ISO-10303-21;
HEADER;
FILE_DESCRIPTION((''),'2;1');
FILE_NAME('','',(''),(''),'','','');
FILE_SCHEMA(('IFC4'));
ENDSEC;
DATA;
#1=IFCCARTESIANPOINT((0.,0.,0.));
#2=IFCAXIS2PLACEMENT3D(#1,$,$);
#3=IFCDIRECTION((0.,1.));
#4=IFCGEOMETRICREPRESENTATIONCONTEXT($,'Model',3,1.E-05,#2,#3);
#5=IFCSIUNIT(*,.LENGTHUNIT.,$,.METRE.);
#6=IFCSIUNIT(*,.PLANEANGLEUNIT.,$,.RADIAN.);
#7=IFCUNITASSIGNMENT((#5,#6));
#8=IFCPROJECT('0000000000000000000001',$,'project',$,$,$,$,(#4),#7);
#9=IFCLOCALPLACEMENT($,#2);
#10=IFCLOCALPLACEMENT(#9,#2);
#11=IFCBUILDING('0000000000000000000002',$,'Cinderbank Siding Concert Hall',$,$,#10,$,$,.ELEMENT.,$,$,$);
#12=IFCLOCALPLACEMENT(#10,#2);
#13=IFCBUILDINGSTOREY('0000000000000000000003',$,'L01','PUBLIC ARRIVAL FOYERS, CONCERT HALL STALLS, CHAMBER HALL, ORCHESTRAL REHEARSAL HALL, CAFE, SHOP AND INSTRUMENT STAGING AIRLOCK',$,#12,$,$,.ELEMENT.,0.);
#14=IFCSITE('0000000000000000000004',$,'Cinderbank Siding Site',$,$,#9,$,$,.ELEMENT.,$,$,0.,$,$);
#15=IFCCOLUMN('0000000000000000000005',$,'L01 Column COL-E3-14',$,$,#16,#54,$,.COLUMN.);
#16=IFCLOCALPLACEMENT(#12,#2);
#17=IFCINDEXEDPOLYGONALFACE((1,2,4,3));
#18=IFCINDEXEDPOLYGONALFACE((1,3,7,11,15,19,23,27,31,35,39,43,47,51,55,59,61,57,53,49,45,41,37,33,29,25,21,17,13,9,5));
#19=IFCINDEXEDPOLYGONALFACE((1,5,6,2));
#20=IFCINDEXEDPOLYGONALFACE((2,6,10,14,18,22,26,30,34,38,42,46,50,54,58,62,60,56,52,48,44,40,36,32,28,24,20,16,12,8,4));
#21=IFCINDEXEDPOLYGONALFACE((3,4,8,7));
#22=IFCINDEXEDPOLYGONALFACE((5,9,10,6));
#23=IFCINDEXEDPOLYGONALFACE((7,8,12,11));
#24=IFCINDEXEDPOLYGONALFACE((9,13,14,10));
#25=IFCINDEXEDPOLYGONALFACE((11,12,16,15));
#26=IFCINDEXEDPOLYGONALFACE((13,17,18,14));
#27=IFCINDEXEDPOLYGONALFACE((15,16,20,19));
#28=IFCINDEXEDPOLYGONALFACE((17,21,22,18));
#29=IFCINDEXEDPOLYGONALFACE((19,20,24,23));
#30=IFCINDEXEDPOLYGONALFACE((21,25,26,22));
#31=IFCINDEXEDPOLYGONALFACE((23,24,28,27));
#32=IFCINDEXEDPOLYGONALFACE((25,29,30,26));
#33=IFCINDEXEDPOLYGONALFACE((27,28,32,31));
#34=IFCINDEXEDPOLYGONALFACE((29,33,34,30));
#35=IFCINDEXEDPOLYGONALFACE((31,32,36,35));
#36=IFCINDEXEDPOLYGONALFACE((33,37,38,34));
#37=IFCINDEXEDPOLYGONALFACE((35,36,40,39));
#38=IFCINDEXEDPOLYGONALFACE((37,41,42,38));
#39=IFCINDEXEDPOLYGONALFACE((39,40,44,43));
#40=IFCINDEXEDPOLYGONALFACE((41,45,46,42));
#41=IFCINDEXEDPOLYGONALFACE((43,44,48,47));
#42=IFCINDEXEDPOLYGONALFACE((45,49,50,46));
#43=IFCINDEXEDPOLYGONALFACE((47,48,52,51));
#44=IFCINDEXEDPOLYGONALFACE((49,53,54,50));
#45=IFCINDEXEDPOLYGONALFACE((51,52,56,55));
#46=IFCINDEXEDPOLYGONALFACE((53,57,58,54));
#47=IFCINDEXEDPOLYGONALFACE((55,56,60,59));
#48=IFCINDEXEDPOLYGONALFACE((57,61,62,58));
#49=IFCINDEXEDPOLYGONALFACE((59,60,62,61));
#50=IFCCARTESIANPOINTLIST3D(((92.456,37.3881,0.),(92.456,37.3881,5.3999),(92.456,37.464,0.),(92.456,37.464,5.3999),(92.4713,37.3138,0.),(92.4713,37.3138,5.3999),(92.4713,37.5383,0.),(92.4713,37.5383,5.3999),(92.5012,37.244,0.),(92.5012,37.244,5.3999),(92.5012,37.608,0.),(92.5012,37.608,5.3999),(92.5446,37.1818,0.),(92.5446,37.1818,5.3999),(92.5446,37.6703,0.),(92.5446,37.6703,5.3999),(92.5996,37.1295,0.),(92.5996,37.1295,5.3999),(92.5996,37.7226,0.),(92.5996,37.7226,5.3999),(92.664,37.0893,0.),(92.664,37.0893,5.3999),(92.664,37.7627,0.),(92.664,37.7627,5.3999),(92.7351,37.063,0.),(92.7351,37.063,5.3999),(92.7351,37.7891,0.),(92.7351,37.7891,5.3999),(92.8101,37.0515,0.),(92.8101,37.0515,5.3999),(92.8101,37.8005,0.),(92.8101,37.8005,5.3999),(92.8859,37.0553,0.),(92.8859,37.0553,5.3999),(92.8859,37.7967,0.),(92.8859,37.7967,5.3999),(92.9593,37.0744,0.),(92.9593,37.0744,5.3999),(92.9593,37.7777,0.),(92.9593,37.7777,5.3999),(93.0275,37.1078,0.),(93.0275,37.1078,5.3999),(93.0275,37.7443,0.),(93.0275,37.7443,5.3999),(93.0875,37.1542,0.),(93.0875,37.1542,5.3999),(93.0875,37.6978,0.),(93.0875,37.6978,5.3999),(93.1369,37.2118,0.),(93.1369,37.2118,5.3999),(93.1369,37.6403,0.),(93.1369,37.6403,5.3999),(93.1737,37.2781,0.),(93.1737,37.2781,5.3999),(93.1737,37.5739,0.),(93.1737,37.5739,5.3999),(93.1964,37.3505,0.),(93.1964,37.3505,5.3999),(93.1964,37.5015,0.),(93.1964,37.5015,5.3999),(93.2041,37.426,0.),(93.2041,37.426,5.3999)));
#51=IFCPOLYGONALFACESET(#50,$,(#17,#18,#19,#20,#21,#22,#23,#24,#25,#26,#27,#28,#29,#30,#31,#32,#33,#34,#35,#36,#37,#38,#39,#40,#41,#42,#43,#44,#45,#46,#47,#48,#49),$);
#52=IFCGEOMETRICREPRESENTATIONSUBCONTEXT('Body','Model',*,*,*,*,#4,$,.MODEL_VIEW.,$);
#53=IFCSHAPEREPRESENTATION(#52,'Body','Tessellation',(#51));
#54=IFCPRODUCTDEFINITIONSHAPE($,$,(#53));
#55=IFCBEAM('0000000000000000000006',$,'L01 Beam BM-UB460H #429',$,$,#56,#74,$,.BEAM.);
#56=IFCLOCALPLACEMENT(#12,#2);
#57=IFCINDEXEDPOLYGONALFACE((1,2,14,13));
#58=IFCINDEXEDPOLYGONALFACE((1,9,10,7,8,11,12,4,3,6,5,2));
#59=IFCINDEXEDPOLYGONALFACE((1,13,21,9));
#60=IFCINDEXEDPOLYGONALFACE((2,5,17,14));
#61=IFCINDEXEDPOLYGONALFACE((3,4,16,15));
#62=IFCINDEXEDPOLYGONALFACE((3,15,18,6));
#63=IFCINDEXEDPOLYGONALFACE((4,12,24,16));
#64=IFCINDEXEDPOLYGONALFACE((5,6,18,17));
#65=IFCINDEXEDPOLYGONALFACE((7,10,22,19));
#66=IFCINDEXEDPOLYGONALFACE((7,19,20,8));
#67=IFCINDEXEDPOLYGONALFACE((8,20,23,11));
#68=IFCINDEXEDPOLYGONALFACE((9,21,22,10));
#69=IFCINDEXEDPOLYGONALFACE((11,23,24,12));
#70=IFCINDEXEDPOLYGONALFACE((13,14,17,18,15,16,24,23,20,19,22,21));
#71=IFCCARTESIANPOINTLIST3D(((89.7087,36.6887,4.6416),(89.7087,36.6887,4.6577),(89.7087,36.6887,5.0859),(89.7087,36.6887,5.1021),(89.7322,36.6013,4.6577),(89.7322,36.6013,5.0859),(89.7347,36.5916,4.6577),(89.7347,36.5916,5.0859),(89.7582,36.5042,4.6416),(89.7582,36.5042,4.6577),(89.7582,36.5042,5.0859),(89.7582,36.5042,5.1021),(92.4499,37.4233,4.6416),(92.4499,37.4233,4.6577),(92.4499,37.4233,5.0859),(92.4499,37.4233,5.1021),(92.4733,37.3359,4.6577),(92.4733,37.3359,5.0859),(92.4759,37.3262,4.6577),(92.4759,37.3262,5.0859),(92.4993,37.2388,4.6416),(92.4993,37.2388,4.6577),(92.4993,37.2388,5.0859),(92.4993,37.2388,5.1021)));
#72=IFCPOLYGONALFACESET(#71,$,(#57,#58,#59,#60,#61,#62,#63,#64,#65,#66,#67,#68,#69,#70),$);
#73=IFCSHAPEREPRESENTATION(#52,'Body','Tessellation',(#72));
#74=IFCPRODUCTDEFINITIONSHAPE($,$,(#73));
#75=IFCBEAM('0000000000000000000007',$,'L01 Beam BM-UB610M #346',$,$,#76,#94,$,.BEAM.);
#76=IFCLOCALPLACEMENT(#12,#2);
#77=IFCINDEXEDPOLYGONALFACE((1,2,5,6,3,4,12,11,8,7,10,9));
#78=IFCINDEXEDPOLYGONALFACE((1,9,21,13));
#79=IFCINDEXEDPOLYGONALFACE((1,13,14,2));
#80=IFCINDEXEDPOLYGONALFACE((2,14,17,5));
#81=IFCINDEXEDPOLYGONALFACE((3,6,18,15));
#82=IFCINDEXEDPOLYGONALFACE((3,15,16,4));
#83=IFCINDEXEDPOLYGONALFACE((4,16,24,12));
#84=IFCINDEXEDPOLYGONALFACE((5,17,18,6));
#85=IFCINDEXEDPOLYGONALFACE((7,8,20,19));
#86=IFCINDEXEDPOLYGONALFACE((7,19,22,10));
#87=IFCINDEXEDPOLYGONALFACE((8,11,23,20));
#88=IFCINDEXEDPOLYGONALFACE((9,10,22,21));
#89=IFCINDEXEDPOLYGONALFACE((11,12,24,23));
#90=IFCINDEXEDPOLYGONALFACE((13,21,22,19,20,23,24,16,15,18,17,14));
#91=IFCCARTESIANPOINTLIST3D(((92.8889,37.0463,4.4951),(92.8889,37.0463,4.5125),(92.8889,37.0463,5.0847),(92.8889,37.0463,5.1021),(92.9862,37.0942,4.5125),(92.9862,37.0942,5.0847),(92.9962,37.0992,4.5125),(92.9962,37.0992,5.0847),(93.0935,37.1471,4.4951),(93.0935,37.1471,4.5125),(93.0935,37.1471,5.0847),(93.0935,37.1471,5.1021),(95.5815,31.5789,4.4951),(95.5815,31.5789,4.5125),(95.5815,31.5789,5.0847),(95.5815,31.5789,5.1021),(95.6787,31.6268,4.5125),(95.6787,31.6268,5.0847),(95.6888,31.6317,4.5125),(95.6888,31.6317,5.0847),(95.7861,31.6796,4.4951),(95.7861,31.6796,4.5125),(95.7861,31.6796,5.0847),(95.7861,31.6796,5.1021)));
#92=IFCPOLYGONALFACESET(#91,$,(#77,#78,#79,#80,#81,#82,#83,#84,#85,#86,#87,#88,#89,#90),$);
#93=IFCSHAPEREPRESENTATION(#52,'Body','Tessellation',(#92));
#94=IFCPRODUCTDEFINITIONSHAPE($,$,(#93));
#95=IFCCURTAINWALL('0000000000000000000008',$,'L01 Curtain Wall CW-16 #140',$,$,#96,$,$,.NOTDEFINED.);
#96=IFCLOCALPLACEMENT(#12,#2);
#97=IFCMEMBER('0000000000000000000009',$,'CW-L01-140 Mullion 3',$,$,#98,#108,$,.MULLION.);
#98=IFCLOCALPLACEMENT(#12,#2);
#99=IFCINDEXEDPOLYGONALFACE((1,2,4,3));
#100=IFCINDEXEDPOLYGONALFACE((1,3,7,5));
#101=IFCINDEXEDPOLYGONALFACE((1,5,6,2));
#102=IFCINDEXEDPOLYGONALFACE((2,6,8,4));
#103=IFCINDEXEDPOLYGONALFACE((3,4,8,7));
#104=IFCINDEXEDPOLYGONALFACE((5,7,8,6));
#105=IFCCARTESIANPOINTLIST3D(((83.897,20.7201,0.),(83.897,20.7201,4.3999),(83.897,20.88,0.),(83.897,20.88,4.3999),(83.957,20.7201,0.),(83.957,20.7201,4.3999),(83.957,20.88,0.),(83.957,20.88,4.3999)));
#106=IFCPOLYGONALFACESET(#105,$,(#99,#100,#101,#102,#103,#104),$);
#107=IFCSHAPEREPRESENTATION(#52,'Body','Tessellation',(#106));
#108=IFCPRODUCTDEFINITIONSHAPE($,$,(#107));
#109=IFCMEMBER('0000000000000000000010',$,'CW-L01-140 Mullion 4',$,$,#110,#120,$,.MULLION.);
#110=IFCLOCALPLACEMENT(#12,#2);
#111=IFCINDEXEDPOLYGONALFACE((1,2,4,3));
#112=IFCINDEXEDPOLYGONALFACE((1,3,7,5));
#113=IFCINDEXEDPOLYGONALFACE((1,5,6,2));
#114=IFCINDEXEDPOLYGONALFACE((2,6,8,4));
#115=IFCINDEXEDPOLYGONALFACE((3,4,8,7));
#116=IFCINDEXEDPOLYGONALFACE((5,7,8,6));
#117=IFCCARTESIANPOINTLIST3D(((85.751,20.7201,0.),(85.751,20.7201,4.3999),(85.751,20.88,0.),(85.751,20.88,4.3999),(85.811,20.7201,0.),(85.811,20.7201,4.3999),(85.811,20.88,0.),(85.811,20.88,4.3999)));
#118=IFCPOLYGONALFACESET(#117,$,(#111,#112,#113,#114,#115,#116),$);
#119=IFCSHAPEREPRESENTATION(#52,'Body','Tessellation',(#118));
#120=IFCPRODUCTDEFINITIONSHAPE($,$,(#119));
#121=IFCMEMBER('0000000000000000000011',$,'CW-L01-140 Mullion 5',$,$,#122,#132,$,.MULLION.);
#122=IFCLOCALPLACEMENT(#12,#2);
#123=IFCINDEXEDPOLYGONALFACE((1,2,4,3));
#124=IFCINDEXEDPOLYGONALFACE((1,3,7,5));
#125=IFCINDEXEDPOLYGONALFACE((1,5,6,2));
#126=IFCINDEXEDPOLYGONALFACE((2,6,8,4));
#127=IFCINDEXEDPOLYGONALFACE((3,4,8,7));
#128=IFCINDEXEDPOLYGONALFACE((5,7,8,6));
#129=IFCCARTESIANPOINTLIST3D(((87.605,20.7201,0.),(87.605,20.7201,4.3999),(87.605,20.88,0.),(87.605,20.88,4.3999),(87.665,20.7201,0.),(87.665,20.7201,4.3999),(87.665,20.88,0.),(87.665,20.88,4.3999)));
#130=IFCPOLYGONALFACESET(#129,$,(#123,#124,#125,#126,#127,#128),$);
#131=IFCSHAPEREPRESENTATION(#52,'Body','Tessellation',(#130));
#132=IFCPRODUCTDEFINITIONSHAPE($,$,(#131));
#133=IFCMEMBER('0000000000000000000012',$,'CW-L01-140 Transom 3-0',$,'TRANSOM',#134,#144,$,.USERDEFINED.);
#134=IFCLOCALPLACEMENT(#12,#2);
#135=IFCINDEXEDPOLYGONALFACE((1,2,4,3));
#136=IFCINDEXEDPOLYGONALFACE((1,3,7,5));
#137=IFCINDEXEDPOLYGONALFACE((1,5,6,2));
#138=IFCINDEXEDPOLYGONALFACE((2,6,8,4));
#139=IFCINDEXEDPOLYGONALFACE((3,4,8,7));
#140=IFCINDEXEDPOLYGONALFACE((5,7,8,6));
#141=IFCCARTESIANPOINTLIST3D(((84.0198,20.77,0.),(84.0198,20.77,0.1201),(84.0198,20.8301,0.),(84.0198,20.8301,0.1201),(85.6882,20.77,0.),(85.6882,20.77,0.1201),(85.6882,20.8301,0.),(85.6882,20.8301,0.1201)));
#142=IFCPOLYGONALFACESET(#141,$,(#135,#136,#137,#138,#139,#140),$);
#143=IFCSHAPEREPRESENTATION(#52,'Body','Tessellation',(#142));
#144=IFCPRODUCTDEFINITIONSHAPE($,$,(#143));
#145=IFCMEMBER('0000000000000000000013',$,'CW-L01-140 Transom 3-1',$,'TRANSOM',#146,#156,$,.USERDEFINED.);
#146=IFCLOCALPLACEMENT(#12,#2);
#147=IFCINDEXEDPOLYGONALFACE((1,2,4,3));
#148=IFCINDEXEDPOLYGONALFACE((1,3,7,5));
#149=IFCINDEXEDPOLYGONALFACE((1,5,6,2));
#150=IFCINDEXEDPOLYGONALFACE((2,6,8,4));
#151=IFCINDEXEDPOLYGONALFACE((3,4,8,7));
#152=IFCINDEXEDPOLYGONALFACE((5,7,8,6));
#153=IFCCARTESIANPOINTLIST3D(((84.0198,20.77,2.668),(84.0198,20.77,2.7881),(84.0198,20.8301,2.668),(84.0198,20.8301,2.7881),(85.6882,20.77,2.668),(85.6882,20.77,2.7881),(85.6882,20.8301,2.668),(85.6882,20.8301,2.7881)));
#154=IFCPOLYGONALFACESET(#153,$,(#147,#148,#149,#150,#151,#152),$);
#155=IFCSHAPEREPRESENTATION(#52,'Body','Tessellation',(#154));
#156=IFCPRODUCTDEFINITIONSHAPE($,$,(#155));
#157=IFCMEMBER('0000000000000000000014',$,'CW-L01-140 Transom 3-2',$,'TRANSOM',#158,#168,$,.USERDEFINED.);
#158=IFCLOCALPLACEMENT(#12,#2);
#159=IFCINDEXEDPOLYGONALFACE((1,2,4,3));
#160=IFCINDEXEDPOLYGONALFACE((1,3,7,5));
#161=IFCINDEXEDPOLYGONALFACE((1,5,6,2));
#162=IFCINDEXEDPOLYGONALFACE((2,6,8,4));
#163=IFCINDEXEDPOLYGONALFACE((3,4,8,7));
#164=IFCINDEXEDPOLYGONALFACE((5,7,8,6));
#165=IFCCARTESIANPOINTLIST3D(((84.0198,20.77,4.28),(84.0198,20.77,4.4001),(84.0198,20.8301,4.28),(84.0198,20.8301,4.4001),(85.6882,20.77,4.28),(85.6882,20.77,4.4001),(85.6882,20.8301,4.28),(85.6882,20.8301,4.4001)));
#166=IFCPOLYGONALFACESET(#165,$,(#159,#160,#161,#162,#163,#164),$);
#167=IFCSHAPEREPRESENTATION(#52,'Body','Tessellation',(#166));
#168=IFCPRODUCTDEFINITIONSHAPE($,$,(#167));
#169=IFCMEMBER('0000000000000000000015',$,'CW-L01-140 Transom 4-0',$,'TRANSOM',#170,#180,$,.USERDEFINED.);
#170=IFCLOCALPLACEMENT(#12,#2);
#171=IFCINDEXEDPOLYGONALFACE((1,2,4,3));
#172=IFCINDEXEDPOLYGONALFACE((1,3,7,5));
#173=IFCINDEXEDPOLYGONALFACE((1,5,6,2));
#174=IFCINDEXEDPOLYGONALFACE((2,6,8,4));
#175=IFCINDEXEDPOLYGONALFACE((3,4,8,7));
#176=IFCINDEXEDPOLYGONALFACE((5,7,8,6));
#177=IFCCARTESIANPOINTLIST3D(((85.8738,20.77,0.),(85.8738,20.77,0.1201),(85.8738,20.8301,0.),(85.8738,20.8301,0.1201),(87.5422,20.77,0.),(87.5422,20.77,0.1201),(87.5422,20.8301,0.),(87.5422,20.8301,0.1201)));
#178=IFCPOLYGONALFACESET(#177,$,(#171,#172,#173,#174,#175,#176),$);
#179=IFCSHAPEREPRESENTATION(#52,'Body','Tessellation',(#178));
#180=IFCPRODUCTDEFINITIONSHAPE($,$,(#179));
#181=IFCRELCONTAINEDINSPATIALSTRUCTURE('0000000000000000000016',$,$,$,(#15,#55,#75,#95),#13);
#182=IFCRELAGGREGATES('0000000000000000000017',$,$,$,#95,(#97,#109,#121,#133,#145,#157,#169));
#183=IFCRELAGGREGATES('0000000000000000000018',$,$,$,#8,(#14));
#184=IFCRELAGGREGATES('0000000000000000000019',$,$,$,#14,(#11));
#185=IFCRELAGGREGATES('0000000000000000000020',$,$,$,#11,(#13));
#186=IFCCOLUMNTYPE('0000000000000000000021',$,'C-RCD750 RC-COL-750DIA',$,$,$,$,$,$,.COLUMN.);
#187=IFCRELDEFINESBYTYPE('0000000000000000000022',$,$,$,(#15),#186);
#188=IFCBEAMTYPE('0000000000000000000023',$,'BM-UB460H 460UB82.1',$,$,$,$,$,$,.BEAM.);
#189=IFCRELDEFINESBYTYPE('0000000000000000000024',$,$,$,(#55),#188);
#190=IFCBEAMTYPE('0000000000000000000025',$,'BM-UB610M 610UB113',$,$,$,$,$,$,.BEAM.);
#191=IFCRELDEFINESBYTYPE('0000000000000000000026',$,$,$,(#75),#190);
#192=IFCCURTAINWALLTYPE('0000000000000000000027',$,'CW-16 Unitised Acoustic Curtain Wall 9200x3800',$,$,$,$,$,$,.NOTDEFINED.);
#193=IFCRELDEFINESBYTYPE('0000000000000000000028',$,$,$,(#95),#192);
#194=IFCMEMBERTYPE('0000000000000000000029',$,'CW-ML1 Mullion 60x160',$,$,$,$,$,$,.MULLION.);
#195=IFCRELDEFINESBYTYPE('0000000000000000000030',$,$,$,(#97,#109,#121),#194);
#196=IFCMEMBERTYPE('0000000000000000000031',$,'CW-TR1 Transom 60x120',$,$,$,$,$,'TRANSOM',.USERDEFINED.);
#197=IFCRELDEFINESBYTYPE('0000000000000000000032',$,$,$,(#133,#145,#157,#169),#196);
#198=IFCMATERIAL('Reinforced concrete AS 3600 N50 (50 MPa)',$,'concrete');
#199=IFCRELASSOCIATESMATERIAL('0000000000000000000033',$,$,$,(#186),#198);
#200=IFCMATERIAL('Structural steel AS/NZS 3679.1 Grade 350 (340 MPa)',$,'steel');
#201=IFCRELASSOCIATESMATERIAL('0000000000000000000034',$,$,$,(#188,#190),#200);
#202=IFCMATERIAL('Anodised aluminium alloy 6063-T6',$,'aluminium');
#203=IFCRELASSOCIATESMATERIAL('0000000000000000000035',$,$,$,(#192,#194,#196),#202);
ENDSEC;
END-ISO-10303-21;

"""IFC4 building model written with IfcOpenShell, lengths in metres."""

from ifc_helpers import new_model, si_unit, direction, frame, origin, origin_2d, place, context, subcontext, project, spatial, rectangle, circle, i_section, extrude, material, material_profile, profile_set, type_object, element, aggregate, save


model = new_model("IFC4")

# Units and contexts
model_context = context("Model", 3, precision=1e-05, world=origin(), true_north=direction((0.0, 1.0)))
body_context = subcontext(model_context, "Body", "Model", "MODEL_VIEW")
ifc_project = project(units=[si_unit("LENGTHUNIT", "METRE"), si_unit("PLANEANGLEUNIT", "RADIAN")], contexts=[model_context])

# Site, building, storey
site_placement = place(None, origin())
site = spatial("IfcSite", under=ifc_project, at=site_placement, Name="Cinderbank Siding Site", CompositionType="ELEMENT", RefElevation=0.0)
building_placement = place(site_placement, origin())
building = spatial("IfcBuilding", under=site, at=building_placement, Name="Cinderbank Siding Concert Hall", CompositionType="ELEMENT")
storey_placement = place(building_placement, origin())
storey = spatial("IfcBuildingStorey", under=building, at=storey_placement, Name="L01", Description="PUBLIC ARRIVAL FOYERS, CONCERT HALL STALLS, CHAMBER HALL, ORCHESTRAL REHEARSAL HALL, CAFE, SHOP AND INSTRUMENT STAGING AIRLOCK", CompositionType="ELEMENT", Elevation=0.0)

# Column
ifc_material_1 = material(Name="Reinforced concrete AS 3600 N50 (50 MPa)", Category="concrete")
ifc_material_profile_1 = material_profile(ifc_material_1, circle(Radius=0.375, at=origin_2d()), Name="RC-COL-750DIA", Category="LoadBearing")
ifc_profile_set_1 = profile_set([ifc_material_profile_1], Name="Reinforced concrete AS 3600 N50 (50 MPa)")
column_type_1 = type_object("IfcColumnType", Name="C-RCD750 RC-COL-750DIA", PredefinedType="COLUMN", material=ifc_profile_set_1)
column_1_placement = place(storey_placement, frame((92.8291, 37.426, 0.0), z_axis=(0.0, 0.0, 1.0), x_axis=(1.0, 0.0, 0.0)))
element("IfcColumn", 1, at=column_1_placement, inside=storey, type_object=column_type_1, Name="L01 Column COL-E3-14", PredefinedType="COLUMN", context=body_context, shape_type="SweptSolid", body=[
    extrude(circle(Radius=0.375, at=origin_2d()), origin(), (0.0, 0.0, 1.0), 5.3999),
])

# Beams
ifc_material_2 = material(Name="Structural steel AS/NZS 3679.1 Grade 350 (340 MPa)", Category="steel")
ifc_material_profile_2 = material_profile(ifc_material_2, i_section(OverallWidth=0.1909, OverallDepth=0.4604, WebThickness=0.01, FlangeThickness=0.0161, at=origin_2d()), Name="460UB82.1", Category="LoadBearing")
ifc_profile_set_2 = profile_set([ifc_material_profile_2], Name="Structural steel AS/NZS 3679.1 Grade 350 (340 MPa)")
beam_type_1 = type_object("IfcBeamType", Name="BM-UB460H 460UB82.1", PredefinedType="BEAM", material=ifc_profile_set_2)
beam_1_placement = place(storey_placement, frame((92.4746, 37.3311, 4.8718), z_axis=(-0.965916, -0.258856, 0.0), x_axis=(0.258856, -0.965916, 0.0)))
element("IfcBeam", 2, at=beam_1_placement, inside=storey, type_object=beam_type_1, Name="L01 Beam BM-UB460H #429", PredefinedType="BEAM", context=body_context, shape_type="SweptSolid", body=[
    extrude(i_section(OverallWidth=0.1909, OverallDepth=0.4604, WebThickness=0.01, FlangeThickness=0.0161, at=origin_2d()), origin(), (0.0, 0.0, 1.0), 2.8379),
])
ifc_material_profile_3 = material_profile(ifc_material_2, i_section(OverallWidth=0.228, OverallDepth=0.6069, WebThickness=0.0112, FlangeThickness=0.0173, at=origin_2d()), Name="610UB113", Category="LoadBearing")
ifc_profile_set_3 = profile_set([ifc_material_profile_3], Name="Structural steel AS/NZS 3679.1 Grade 350 (340 MPa)")
beam_type_2 = type_object("IfcBeamType", Name="BM-UB610M 610UB113", PredefinedType="BEAM", material=ifc_profile_set_3)
beam_2_placement = place(storey_placement, frame((92.9912, 37.0967, 4.7986), z_axis=(0.441806, -0.897111, 0.0), x_axis=(0.897111, 0.441806, 0.0)))
element("IfcBeam", 3, at=beam_2_placement, inside=storey, type_object=beam_type_2, Name="L01 Beam BM-UB610M #346", PredefinedType="BEAM", context=body_context, shape_type="SweptSolid", body=[
    extrude(i_section(OverallWidth=0.228, OverallDepth=0.6069, WebThickness=0.0112, FlangeThickness=0.0173, at=origin_2d()), origin(), (0.0, 0.0, 1.0), 6.0945),
])

# Curtain wall, members
ifc_material_3 = material(Name="Anodised aluminium alloy 6063-T6", Category="aluminium")
curtain_wall_type = type_object("IfcCurtainWallType", Name="CW-16 Unitised Acoustic Curtain Wall 9200x3800", PredefinedType="NOTDEFINED", material=ifc_material_3)
curtain_wall_placement = place(storey_placement, origin())
curtain_wall = element("IfcCurtainWall", 4, at=curtain_wall_placement, inside=storey, type_object=curtain_wall_type, Name="L01 Curtain Wall CW-16 #140", PredefinedType="NOTDEFINED")
ifc_material_profile_4 = material_profile(ifc_material_3, rectangle(XDim=0.0601, YDim=0.1599, at=origin_2d()), Name="ALU-MULL-60x160", Category="LoadBearing")
ifc_profile_set_4 = profile_set([ifc_material_profile_4], Name="Anodised aluminium alloy 6063-T6")
member_type_1 = type_object("IfcMemberType", Name="CW-ML1 Mullion 60x160", PredefinedType="MULLION", material=ifc_profile_set_4)
member_1_placement = place(storey_placement, frame((83.927, 20.8, 0.0), z_axis=(0.0, 0.0, 1.0), x_axis=(1.0, 0.0, 0.0)))
member_1 = element("IfcMember", 5, at=member_1_placement, type_object=member_type_1, Name="CW-L01-140 Mullion 3", PredefinedType="MULLION", context=body_context, shape_type="SweptSolid", body=[
    extrude(rectangle(XDim=0.0601, YDim=0.1599, at=origin_2d()), origin(), (0.0, 0.0, 1.0), 4.3999),
])
member_2_placement = place(storey_placement, frame((85.781, 20.8, 0.0), z_axis=(0.0, 0.0, 1.0), x_axis=(1.0, 0.0, 0.0)))
member_2 = element("IfcMember", 6, at=member_2_placement, type_object=member_type_1, Name="CW-L01-140 Mullion 4", PredefinedType="MULLION", context=body_context, shape_type="SweptSolid", body=[
    extrude(rectangle(XDim=0.0601, YDim=0.1599, at=origin_2d()), origin(), (0.0, 0.0, 1.0), 4.3999),
])
member_3_placement = place(storey_placement, frame((87.635, 20.8, 0.0), z_axis=(0.0, 0.0, 1.0), x_axis=(1.0, 0.0, 0.0)))
member_3 = element("IfcMember", 7, at=member_3_placement, type_object=member_type_1, Name="CW-L01-140 Mullion 5", PredefinedType="MULLION", context=body_context, shape_type="SweptSolid", body=[
    extrude(rectangle(XDim=0.0601, YDim=0.1599, at=origin_2d()), origin(), (0.0, 0.0, 1.0), 4.3999),
])
ifc_material_profile_5 = material_profile(ifc_material_3, rectangle(XDim=0.0601, YDim=0.1201, at=origin_2d()), Name="ALU-TRAN-60x120", Category="LoadBearing")
ifc_profile_set_5 = profile_set([ifc_material_profile_5], Name="Anodised aluminium alloy 6063-T6")
member_type_2 = type_object("IfcMemberType", Name="CW-TR1 Transom 60x120", ElementType="TRANSOM", PredefinedType="USERDEFINED", material=ifc_profile_set_5)
member_4_placement = place(storey_placement, frame((84.0198, 20.8, 0.0601), z_axis=(1.0, 0.0, 0.0), x_axis=(0.0, 1.0, 0.0)))
member_4 = element("IfcMember", 8, at=member_4_placement, type_object=member_type_2, Name="CW-L01-140 Transom 3-0", ObjectType="TRANSOM", PredefinedType="USERDEFINED", context=body_context, shape_type="SweptSolid", body=[
    extrude(rectangle(XDim=0.0601, YDim=0.1201, at=origin_2d()), origin(), (0.0, 0.0, 1.0), 1.6685),
])
member_5_placement = place(storey_placement, frame((84.0198, 20.8, 2.728), z_axis=(1.0, 0.0, 0.0), x_axis=(0.0, 1.0, 0.0)))
member_5 = element("IfcMember", 9, at=member_5_placement, type_object=member_type_2, Name="CW-L01-140 Transom 3-1", ObjectType="TRANSOM", PredefinedType="USERDEFINED", context=body_context, shape_type="SweptSolid", body=[
    extrude(rectangle(XDim=0.0601, YDim=0.1201, at=origin_2d()), origin(), (0.0, 0.0, 1.0), 1.6685),
])
member_6_placement = place(storey_placement, frame((84.0198, 20.8, 4.3401), z_axis=(1.0, 0.0, 0.0), x_axis=(0.0, 1.0, 0.0)))
member_6 = element("IfcMember", 10, at=member_6_placement, type_object=member_type_2, Name="CW-L01-140 Transom 3-2", ObjectType="TRANSOM", PredefinedType="USERDEFINED", context=body_context, shape_type="SweptSolid", body=[
    extrude(rectangle(XDim=0.0601, YDim=0.1201, at=origin_2d()), origin(), (0.0, 0.0, 1.0), 1.6685),
])
member_7_placement = place(storey_placement, frame((85.8738, 20.8, 0.0601), z_axis=(1.0, 0.0, 0.0), x_axis=(0.0, 1.0, 0.0)))
member_7 = element("IfcMember", 11, at=member_7_placement, type_object=member_type_2, Name="CW-L01-140 Transom 4-0", ObjectType="TRANSOM", PredefinedType="USERDEFINED", context=body_context, shape_type="SweptSolid", body=[
    extrude(rectangle(XDim=0.0601, YDim=0.1201, at=origin_2d()), origin(), (0.0, 0.0, 1.0), 1.6685),
])

aggregate(curtain_wall, [member_1, member_2, member_3, member_4, member_5, member_6, member_7])

save(model, "model.ifc")
